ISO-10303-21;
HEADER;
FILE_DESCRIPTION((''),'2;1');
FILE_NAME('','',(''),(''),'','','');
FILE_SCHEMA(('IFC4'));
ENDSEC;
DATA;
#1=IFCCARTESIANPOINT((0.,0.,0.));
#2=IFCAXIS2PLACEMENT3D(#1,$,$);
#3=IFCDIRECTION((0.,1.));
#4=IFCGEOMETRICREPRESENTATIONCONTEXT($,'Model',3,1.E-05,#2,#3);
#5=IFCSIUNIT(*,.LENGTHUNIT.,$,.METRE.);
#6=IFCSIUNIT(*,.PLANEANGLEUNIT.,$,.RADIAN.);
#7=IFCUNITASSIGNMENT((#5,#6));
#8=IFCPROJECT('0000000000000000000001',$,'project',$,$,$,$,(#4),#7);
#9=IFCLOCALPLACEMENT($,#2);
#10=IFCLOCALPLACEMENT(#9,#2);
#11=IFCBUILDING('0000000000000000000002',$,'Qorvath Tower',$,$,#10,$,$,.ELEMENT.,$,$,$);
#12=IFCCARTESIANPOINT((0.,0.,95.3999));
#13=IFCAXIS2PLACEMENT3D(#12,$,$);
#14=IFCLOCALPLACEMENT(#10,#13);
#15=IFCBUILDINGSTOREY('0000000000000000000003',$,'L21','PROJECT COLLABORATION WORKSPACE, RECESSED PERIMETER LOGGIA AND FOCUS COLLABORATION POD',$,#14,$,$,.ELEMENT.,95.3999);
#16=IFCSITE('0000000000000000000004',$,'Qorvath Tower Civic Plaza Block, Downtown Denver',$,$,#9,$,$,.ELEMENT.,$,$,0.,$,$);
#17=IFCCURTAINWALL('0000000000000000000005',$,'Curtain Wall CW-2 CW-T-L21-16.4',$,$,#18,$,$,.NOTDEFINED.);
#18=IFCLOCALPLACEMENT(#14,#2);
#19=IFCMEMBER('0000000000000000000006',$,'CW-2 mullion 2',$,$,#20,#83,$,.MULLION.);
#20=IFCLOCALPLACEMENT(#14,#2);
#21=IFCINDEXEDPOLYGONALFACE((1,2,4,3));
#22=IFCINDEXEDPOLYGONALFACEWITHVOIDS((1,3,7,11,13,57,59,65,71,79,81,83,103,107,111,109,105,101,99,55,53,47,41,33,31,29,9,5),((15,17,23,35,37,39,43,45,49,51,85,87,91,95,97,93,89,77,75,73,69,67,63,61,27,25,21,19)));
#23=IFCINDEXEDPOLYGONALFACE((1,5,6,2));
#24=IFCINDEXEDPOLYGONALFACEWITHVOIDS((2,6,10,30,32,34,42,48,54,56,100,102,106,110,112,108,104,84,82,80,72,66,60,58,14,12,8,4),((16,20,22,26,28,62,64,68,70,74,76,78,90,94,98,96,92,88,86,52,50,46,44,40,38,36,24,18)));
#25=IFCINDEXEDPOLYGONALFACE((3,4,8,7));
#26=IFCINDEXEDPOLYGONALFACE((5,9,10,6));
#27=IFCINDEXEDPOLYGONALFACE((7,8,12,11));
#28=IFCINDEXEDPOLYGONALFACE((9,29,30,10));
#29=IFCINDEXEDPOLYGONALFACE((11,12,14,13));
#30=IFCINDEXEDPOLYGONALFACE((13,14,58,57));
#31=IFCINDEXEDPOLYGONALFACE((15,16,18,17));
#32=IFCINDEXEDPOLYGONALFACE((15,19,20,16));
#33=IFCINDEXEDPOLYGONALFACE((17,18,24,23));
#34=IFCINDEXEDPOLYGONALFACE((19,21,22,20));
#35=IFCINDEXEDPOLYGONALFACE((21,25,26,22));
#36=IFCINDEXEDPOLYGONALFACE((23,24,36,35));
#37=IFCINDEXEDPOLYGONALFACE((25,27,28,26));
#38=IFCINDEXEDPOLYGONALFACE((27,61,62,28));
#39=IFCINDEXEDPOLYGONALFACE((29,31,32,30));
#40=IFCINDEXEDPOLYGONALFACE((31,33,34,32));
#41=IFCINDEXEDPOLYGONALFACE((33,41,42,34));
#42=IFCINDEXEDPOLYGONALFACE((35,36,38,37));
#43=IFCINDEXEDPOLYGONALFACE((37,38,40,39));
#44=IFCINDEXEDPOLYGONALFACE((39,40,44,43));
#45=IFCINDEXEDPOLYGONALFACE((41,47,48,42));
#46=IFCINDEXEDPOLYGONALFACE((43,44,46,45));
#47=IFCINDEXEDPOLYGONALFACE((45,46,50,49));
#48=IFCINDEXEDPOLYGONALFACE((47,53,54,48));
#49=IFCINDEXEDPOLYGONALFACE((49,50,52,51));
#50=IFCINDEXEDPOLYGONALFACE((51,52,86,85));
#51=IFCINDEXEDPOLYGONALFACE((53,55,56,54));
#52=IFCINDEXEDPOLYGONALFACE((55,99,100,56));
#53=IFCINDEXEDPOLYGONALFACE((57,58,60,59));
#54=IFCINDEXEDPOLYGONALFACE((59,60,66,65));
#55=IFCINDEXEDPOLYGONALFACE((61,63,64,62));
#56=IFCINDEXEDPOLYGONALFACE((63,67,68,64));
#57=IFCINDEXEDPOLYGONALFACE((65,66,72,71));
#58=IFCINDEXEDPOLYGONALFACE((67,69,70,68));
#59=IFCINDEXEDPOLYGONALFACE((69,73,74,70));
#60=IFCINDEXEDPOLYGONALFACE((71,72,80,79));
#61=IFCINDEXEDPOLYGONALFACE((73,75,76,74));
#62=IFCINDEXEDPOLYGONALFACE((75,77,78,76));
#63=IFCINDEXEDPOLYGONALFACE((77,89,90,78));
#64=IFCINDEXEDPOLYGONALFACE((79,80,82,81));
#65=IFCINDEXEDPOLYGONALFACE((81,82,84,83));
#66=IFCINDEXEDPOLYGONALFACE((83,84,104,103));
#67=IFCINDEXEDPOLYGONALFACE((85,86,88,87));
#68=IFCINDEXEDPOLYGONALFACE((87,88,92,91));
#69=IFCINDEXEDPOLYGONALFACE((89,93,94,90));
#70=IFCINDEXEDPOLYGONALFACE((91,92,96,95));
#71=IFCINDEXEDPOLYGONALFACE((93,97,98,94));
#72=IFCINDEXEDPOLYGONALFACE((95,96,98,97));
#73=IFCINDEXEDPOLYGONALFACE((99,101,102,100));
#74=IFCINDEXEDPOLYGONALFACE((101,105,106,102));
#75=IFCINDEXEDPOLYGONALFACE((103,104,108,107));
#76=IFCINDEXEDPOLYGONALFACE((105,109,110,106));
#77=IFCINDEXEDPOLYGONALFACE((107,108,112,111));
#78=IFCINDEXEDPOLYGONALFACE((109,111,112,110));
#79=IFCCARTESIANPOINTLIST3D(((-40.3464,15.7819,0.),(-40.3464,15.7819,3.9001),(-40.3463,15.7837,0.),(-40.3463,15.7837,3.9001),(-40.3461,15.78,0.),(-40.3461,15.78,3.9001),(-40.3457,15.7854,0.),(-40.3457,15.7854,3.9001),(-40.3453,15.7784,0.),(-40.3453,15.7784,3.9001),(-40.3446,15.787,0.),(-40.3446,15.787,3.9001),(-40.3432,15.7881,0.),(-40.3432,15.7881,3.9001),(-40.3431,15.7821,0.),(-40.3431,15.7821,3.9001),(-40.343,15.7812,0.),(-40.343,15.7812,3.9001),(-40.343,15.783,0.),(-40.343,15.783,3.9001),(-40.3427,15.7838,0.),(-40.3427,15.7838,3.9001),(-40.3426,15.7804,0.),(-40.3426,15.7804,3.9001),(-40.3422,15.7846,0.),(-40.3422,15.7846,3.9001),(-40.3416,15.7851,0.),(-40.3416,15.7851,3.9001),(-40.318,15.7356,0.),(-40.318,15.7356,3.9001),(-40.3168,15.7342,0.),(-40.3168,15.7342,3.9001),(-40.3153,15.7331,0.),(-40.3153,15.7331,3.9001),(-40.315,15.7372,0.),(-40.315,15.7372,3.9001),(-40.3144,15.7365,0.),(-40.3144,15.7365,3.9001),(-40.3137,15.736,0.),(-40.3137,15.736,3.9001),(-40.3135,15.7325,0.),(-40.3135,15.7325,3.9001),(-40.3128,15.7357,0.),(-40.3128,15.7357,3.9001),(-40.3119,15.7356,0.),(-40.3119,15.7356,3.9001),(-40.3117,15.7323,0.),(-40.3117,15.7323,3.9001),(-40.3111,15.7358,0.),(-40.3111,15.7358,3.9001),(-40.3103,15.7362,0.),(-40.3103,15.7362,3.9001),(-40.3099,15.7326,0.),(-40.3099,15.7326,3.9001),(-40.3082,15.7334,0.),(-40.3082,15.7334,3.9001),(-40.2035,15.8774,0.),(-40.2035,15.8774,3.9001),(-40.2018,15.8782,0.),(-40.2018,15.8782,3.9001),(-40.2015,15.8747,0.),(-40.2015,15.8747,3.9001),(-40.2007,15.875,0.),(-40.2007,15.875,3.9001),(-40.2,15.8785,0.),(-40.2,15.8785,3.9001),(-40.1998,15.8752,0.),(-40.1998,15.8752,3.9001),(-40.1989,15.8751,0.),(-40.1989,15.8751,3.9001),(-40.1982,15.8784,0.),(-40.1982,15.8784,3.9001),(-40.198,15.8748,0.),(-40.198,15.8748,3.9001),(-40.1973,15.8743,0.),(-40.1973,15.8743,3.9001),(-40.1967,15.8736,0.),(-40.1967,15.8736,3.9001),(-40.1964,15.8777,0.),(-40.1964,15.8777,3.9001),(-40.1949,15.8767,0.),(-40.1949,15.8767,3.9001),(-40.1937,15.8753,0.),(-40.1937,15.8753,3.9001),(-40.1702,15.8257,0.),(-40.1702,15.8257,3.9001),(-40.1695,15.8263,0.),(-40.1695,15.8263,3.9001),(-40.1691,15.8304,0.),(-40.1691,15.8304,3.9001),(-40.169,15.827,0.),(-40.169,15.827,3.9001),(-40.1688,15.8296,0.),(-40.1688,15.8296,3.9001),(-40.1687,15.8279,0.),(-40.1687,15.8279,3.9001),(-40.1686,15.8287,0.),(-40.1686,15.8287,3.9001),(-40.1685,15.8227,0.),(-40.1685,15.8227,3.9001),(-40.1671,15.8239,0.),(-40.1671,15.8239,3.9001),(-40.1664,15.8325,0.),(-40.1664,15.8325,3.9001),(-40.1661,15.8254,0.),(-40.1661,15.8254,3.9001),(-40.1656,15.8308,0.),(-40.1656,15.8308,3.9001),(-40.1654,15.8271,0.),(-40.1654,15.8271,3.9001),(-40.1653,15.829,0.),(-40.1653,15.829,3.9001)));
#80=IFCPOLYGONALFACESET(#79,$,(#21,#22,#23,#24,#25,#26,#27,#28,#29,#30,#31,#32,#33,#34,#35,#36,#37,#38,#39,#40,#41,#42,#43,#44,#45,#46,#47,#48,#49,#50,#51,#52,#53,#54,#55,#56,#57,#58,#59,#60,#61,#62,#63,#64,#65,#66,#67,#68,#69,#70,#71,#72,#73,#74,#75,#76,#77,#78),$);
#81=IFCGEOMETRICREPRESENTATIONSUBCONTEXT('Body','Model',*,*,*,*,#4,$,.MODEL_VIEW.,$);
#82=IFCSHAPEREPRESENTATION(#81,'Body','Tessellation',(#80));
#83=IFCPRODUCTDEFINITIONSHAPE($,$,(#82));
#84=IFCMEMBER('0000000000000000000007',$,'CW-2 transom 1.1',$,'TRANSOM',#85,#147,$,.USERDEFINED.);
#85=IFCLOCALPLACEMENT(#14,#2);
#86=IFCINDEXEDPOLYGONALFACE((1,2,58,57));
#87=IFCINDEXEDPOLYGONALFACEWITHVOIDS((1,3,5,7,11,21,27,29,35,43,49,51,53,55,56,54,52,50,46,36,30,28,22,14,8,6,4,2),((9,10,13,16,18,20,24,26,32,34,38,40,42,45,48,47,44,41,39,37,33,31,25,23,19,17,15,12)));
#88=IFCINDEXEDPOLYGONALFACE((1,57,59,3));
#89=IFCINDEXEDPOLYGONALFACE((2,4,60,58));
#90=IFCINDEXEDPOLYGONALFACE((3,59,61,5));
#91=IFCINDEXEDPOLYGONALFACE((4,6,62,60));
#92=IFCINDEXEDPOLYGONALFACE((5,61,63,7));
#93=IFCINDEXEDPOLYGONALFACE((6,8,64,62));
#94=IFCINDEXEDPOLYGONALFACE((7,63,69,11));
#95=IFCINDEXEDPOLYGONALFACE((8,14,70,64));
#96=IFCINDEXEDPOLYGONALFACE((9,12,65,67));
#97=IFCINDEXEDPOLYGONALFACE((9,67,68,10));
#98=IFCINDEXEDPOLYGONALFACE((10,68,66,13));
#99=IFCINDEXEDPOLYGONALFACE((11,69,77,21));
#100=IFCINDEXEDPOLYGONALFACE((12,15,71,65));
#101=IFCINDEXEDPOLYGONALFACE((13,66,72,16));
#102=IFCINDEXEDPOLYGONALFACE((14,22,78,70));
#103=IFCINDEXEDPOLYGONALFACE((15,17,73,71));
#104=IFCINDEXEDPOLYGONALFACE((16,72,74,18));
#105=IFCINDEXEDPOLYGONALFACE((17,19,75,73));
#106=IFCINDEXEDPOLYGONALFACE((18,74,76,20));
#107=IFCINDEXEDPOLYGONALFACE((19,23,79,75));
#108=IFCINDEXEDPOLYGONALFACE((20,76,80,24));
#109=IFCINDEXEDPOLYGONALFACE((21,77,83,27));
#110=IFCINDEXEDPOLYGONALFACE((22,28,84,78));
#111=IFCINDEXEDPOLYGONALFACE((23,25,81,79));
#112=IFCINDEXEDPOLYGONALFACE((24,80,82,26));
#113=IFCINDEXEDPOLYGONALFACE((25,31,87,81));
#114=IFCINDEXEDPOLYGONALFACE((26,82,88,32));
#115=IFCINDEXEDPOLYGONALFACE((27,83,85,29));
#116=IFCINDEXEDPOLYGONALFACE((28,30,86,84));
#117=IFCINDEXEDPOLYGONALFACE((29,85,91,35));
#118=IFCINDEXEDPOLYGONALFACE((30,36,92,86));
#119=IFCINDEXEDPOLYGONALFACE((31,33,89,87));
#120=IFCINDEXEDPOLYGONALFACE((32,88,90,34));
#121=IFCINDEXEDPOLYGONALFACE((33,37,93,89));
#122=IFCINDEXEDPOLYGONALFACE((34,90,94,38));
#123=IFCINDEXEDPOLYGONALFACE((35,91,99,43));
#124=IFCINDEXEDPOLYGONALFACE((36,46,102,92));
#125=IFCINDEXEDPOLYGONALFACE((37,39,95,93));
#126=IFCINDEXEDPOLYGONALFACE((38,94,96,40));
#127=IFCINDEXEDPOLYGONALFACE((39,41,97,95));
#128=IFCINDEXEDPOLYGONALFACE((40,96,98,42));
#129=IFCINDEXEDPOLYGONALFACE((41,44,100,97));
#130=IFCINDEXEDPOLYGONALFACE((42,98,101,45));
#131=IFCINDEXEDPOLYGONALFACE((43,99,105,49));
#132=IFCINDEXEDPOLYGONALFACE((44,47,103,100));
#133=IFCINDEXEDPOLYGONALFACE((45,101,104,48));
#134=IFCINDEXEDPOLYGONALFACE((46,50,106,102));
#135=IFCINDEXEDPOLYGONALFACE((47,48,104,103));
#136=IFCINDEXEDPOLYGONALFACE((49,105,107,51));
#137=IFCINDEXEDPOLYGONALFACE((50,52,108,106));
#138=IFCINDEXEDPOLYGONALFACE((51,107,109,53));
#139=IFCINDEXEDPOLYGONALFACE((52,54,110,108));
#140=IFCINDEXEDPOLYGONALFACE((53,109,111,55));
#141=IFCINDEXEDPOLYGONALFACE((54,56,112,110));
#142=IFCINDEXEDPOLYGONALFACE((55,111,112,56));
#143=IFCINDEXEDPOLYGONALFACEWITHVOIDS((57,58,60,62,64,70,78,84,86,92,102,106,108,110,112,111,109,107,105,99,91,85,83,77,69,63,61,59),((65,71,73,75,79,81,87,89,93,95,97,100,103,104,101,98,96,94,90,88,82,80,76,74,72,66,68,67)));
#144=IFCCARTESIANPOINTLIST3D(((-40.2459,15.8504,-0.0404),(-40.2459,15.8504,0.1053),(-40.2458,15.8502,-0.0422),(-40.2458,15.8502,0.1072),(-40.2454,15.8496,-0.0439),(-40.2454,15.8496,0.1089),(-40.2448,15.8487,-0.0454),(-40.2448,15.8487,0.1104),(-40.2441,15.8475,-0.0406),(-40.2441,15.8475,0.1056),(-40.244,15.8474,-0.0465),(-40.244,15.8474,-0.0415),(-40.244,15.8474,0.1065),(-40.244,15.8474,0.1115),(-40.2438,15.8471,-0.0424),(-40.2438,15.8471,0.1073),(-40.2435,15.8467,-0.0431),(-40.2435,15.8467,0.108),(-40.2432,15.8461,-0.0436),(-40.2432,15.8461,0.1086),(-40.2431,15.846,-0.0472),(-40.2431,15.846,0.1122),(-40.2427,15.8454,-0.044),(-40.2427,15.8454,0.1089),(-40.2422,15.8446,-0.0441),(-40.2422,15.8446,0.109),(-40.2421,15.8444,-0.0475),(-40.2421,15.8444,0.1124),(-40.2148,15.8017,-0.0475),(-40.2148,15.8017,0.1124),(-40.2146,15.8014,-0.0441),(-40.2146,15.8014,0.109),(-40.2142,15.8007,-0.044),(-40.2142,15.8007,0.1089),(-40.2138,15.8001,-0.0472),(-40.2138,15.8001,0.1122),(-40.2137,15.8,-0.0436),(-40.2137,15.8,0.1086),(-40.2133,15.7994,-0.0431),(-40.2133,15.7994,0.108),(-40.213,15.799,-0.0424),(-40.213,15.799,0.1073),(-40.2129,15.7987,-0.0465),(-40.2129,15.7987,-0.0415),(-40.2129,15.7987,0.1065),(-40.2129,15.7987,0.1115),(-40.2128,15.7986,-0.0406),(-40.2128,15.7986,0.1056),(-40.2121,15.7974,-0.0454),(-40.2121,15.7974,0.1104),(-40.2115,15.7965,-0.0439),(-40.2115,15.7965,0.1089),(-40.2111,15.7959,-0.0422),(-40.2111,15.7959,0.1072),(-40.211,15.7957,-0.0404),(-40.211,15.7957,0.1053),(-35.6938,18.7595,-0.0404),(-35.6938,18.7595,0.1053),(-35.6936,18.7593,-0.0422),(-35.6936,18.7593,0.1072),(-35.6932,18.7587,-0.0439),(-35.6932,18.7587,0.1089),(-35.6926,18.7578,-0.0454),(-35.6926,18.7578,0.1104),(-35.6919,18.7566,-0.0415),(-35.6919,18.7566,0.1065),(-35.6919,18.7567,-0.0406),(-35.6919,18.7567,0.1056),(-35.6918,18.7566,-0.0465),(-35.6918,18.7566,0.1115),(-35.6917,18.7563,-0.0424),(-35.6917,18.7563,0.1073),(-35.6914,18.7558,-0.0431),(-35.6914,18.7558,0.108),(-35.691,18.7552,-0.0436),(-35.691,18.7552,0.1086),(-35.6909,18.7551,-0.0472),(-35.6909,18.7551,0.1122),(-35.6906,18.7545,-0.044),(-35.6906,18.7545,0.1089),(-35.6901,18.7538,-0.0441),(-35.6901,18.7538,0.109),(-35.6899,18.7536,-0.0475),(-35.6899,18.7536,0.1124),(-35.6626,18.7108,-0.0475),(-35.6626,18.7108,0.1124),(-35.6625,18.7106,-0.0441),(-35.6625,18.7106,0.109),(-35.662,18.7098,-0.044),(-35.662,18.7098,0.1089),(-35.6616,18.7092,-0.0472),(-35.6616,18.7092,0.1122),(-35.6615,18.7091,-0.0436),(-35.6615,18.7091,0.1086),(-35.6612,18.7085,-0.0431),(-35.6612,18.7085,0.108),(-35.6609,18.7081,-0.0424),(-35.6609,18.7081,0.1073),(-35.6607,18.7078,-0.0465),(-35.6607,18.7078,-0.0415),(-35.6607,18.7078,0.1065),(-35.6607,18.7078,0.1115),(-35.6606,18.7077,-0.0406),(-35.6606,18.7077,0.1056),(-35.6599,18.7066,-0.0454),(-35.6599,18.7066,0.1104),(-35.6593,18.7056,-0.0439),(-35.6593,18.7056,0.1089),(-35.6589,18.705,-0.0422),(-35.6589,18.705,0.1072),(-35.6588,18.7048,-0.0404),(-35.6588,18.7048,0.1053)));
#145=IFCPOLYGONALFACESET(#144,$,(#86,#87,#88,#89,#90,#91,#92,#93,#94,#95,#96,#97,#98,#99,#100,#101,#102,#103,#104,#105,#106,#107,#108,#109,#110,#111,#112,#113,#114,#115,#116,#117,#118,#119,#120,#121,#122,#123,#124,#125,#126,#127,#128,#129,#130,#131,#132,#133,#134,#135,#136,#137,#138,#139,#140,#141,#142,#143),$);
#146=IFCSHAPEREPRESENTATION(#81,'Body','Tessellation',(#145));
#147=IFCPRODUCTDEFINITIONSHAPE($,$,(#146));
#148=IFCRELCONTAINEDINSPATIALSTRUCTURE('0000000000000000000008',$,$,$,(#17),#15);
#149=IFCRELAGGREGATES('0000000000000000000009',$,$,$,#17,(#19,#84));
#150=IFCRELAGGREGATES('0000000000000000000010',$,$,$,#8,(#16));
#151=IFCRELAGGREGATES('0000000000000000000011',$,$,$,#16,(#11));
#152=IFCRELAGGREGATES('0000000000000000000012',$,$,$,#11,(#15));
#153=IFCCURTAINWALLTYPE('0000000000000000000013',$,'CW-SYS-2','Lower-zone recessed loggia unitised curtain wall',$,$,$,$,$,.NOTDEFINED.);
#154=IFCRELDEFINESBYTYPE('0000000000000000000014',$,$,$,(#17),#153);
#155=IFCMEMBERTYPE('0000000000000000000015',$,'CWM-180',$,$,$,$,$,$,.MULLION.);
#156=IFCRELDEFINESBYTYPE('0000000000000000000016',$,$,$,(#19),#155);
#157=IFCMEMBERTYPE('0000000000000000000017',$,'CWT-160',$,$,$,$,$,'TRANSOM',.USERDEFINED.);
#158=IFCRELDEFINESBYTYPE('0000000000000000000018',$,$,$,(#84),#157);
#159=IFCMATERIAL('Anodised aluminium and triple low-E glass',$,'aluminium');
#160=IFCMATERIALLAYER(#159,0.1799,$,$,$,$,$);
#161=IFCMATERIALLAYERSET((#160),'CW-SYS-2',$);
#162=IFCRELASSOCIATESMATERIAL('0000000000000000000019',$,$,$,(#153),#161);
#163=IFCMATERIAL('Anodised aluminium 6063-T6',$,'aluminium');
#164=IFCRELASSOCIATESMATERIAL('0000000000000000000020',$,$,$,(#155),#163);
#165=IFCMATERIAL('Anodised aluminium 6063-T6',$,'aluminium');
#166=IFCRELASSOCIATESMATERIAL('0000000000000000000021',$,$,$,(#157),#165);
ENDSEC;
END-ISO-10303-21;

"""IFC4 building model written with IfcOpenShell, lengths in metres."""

from ifc_helpers import new_model, si_unit, direction, frame, origin, origin_2d, place, context, subcontext, project, spatial, hollow_rectangle, extrude, material, layer, layer_set, material_profile, profile_set, type_object, element, aggregate, save


model = new_model("IFC4")

# Units and contexts
model_context = context("Model", 3, precision=1e-05, world=origin(), true_north=direction((0.0, 1.0)))
body_context = subcontext(model_context, "Body", "Model", "MODEL_VIEW")
ifc_project = project(units=[si_unit("LENGTHUNIT", "METRE"), si_unit("PLANEANGLEUNIT", "RADIAN")], contexts=[model_context])

# Site, building, storey
site_placement = place(None, origin())
site = spatial("IfcSite", under=ifc_project, at=site_placement, Name="Qorvath Tower Civic Plaza Block, Downtown Denver", CompositionType="ELEMENT", RefElevation=0.0)
building_placement = place(site_placement, origin())
building = spatial("IfcBuilding", under=site, at=building_placement, Name="Qorvath Tower", CompositionType="ELEMENT")
storey_placement = place(building_placement, frame((0.0, 0.0, 95.3999)))
storey = spatial("IfcBuildingStorey", under=building, at=storey_placement, Name="L21", Description="PROJECT COLLABORATION WORKSPACE, RECESSED PERIMETER LOGGIA AND FOCUS COLLABORATION POD", CompositionType="ELEMENT", Elevation=95.3999)

# Shared definitions
ifc_material_1 = material(Name="Anodised aluminium and triple low-E glass", Category="aluminium")
ifc_layer_1 = layer(ifc_material_1, 0.1799)
ifc_layer_set_1 = layer_set([ifc_layer_1], Name="CW-SYS-2")
curtain_wall_type = type_object("IfcCurtainWallType", Name="CW-SYS-2", Description="Lower-zone recessed loggia unitised curtain wall", PredefinedType="NOTDEFINED", material=ifc_layer_set_1)
ifc_material_2 = material(Name="Anodised aluminium 6063-T6", Category="aluminium")
ifc_material_profile_1 = material_profile(ifc_material_2, hollow_rectangle(XDim=0.0649, YDim=0.1799, WallThickness=0.0034, InnerFilletRadius=0.0034, OuterFilletRadius=0.0071, at=origin_2d()), Name="CWM 180x65")
ifc_profile_set_1 = profile_set([ifc_material_profile_1], Name="Anodised aluminium 6063-T6")
member_type_1 = type_object("IfcMemberType", Name="CWM-180", PredefinedType="MULLION", material=ifc_profile_set_1)

# Curtain wall, members
curtain_wall_1_placement = place(storey_placement, origin())
curtain_wall_1 = element("IfcCurtainWall", 1, at=curtain_wall_1_placement, inside=storey, type_object=curtain_wall_type, Name="Curtain Wall CW-2 CW-T-L21-16.4", PredefinedType="NOTDEFINED")
member_1_placement = place(storey_placement, frame((-40.2559, 15.8054, 0.0), z_axis=(0.0, 0.0, 1.0), x_axis=(0.538529, -0.842607, 0.0)))
member_1 = element("IfcMember", 2, at=member_1_placement, type_object=member_type_1, Name="CW-2 mullion 2", PredefinedType="MULLION", context=body_context, shape_type="SweptSolid", body=[
    extrude(hollow_rectangle(XDim=0.0649, YDim=0.1799, WallThickness=0.0034, InnerFilletRadius=0.0034, OuterFilletRadius=0.0071, at=origin_2d()), origin(), (0.0, 0.0, 1.0), 3.9001),
])
ifc_material_3 = material(Name="Anodised aluminium 6063-T6", Category="aluminium")
ifc_material_profile_2 = material_profile(ifc_material_3, hollow_rectangle(XDim=0.0649, YDim=0.1599, WallThickness=0.0034, InnerFilletRadius=0.0034, OuterFilletRadius=0.0071, at=origin_2d()), Name="CWT 160x65")
ifc_profile_set_2 = profile_set([ifc_material_profile_2], Name="Anodised aluminium 6063-T6")
member_type_2 = type_object("IfcMemberType", Name="CWT-160", ElementType="TRANSOM", PredefinedType="USERDEFINED", material=ifc_profile_set_2)
member_2_placement = place(storey_placement, frame((-35.6763, 18.7322, 0.0325), z_axis=(-0.842629, -0.538494, 0.0), x_axis=(0.538494, -0.842629, 0.0)))
member_2 = element("IfcMember", 3, at=member_2_placement, type_object=member_type_2, Name="CW-2 transom 1.1", ObjectType="TRANSOM", PredefinedType="USERDEFINED", context=body_context, shape_type="SweptSolid", body=[
    extrude(hollow_rectangle(XDim=0.0649, YDim=0.1599, WallThickness=0.0034, InnerFilletRadius=0.0034, OuterFilletRadius=0.0071, at=origin_2d()), origin(), (0.0, 0.0, 1.0), 5.4023),
])
aggregate(curtain_wall_1, [member_1, member_2])

save(model, "model.ifc")
